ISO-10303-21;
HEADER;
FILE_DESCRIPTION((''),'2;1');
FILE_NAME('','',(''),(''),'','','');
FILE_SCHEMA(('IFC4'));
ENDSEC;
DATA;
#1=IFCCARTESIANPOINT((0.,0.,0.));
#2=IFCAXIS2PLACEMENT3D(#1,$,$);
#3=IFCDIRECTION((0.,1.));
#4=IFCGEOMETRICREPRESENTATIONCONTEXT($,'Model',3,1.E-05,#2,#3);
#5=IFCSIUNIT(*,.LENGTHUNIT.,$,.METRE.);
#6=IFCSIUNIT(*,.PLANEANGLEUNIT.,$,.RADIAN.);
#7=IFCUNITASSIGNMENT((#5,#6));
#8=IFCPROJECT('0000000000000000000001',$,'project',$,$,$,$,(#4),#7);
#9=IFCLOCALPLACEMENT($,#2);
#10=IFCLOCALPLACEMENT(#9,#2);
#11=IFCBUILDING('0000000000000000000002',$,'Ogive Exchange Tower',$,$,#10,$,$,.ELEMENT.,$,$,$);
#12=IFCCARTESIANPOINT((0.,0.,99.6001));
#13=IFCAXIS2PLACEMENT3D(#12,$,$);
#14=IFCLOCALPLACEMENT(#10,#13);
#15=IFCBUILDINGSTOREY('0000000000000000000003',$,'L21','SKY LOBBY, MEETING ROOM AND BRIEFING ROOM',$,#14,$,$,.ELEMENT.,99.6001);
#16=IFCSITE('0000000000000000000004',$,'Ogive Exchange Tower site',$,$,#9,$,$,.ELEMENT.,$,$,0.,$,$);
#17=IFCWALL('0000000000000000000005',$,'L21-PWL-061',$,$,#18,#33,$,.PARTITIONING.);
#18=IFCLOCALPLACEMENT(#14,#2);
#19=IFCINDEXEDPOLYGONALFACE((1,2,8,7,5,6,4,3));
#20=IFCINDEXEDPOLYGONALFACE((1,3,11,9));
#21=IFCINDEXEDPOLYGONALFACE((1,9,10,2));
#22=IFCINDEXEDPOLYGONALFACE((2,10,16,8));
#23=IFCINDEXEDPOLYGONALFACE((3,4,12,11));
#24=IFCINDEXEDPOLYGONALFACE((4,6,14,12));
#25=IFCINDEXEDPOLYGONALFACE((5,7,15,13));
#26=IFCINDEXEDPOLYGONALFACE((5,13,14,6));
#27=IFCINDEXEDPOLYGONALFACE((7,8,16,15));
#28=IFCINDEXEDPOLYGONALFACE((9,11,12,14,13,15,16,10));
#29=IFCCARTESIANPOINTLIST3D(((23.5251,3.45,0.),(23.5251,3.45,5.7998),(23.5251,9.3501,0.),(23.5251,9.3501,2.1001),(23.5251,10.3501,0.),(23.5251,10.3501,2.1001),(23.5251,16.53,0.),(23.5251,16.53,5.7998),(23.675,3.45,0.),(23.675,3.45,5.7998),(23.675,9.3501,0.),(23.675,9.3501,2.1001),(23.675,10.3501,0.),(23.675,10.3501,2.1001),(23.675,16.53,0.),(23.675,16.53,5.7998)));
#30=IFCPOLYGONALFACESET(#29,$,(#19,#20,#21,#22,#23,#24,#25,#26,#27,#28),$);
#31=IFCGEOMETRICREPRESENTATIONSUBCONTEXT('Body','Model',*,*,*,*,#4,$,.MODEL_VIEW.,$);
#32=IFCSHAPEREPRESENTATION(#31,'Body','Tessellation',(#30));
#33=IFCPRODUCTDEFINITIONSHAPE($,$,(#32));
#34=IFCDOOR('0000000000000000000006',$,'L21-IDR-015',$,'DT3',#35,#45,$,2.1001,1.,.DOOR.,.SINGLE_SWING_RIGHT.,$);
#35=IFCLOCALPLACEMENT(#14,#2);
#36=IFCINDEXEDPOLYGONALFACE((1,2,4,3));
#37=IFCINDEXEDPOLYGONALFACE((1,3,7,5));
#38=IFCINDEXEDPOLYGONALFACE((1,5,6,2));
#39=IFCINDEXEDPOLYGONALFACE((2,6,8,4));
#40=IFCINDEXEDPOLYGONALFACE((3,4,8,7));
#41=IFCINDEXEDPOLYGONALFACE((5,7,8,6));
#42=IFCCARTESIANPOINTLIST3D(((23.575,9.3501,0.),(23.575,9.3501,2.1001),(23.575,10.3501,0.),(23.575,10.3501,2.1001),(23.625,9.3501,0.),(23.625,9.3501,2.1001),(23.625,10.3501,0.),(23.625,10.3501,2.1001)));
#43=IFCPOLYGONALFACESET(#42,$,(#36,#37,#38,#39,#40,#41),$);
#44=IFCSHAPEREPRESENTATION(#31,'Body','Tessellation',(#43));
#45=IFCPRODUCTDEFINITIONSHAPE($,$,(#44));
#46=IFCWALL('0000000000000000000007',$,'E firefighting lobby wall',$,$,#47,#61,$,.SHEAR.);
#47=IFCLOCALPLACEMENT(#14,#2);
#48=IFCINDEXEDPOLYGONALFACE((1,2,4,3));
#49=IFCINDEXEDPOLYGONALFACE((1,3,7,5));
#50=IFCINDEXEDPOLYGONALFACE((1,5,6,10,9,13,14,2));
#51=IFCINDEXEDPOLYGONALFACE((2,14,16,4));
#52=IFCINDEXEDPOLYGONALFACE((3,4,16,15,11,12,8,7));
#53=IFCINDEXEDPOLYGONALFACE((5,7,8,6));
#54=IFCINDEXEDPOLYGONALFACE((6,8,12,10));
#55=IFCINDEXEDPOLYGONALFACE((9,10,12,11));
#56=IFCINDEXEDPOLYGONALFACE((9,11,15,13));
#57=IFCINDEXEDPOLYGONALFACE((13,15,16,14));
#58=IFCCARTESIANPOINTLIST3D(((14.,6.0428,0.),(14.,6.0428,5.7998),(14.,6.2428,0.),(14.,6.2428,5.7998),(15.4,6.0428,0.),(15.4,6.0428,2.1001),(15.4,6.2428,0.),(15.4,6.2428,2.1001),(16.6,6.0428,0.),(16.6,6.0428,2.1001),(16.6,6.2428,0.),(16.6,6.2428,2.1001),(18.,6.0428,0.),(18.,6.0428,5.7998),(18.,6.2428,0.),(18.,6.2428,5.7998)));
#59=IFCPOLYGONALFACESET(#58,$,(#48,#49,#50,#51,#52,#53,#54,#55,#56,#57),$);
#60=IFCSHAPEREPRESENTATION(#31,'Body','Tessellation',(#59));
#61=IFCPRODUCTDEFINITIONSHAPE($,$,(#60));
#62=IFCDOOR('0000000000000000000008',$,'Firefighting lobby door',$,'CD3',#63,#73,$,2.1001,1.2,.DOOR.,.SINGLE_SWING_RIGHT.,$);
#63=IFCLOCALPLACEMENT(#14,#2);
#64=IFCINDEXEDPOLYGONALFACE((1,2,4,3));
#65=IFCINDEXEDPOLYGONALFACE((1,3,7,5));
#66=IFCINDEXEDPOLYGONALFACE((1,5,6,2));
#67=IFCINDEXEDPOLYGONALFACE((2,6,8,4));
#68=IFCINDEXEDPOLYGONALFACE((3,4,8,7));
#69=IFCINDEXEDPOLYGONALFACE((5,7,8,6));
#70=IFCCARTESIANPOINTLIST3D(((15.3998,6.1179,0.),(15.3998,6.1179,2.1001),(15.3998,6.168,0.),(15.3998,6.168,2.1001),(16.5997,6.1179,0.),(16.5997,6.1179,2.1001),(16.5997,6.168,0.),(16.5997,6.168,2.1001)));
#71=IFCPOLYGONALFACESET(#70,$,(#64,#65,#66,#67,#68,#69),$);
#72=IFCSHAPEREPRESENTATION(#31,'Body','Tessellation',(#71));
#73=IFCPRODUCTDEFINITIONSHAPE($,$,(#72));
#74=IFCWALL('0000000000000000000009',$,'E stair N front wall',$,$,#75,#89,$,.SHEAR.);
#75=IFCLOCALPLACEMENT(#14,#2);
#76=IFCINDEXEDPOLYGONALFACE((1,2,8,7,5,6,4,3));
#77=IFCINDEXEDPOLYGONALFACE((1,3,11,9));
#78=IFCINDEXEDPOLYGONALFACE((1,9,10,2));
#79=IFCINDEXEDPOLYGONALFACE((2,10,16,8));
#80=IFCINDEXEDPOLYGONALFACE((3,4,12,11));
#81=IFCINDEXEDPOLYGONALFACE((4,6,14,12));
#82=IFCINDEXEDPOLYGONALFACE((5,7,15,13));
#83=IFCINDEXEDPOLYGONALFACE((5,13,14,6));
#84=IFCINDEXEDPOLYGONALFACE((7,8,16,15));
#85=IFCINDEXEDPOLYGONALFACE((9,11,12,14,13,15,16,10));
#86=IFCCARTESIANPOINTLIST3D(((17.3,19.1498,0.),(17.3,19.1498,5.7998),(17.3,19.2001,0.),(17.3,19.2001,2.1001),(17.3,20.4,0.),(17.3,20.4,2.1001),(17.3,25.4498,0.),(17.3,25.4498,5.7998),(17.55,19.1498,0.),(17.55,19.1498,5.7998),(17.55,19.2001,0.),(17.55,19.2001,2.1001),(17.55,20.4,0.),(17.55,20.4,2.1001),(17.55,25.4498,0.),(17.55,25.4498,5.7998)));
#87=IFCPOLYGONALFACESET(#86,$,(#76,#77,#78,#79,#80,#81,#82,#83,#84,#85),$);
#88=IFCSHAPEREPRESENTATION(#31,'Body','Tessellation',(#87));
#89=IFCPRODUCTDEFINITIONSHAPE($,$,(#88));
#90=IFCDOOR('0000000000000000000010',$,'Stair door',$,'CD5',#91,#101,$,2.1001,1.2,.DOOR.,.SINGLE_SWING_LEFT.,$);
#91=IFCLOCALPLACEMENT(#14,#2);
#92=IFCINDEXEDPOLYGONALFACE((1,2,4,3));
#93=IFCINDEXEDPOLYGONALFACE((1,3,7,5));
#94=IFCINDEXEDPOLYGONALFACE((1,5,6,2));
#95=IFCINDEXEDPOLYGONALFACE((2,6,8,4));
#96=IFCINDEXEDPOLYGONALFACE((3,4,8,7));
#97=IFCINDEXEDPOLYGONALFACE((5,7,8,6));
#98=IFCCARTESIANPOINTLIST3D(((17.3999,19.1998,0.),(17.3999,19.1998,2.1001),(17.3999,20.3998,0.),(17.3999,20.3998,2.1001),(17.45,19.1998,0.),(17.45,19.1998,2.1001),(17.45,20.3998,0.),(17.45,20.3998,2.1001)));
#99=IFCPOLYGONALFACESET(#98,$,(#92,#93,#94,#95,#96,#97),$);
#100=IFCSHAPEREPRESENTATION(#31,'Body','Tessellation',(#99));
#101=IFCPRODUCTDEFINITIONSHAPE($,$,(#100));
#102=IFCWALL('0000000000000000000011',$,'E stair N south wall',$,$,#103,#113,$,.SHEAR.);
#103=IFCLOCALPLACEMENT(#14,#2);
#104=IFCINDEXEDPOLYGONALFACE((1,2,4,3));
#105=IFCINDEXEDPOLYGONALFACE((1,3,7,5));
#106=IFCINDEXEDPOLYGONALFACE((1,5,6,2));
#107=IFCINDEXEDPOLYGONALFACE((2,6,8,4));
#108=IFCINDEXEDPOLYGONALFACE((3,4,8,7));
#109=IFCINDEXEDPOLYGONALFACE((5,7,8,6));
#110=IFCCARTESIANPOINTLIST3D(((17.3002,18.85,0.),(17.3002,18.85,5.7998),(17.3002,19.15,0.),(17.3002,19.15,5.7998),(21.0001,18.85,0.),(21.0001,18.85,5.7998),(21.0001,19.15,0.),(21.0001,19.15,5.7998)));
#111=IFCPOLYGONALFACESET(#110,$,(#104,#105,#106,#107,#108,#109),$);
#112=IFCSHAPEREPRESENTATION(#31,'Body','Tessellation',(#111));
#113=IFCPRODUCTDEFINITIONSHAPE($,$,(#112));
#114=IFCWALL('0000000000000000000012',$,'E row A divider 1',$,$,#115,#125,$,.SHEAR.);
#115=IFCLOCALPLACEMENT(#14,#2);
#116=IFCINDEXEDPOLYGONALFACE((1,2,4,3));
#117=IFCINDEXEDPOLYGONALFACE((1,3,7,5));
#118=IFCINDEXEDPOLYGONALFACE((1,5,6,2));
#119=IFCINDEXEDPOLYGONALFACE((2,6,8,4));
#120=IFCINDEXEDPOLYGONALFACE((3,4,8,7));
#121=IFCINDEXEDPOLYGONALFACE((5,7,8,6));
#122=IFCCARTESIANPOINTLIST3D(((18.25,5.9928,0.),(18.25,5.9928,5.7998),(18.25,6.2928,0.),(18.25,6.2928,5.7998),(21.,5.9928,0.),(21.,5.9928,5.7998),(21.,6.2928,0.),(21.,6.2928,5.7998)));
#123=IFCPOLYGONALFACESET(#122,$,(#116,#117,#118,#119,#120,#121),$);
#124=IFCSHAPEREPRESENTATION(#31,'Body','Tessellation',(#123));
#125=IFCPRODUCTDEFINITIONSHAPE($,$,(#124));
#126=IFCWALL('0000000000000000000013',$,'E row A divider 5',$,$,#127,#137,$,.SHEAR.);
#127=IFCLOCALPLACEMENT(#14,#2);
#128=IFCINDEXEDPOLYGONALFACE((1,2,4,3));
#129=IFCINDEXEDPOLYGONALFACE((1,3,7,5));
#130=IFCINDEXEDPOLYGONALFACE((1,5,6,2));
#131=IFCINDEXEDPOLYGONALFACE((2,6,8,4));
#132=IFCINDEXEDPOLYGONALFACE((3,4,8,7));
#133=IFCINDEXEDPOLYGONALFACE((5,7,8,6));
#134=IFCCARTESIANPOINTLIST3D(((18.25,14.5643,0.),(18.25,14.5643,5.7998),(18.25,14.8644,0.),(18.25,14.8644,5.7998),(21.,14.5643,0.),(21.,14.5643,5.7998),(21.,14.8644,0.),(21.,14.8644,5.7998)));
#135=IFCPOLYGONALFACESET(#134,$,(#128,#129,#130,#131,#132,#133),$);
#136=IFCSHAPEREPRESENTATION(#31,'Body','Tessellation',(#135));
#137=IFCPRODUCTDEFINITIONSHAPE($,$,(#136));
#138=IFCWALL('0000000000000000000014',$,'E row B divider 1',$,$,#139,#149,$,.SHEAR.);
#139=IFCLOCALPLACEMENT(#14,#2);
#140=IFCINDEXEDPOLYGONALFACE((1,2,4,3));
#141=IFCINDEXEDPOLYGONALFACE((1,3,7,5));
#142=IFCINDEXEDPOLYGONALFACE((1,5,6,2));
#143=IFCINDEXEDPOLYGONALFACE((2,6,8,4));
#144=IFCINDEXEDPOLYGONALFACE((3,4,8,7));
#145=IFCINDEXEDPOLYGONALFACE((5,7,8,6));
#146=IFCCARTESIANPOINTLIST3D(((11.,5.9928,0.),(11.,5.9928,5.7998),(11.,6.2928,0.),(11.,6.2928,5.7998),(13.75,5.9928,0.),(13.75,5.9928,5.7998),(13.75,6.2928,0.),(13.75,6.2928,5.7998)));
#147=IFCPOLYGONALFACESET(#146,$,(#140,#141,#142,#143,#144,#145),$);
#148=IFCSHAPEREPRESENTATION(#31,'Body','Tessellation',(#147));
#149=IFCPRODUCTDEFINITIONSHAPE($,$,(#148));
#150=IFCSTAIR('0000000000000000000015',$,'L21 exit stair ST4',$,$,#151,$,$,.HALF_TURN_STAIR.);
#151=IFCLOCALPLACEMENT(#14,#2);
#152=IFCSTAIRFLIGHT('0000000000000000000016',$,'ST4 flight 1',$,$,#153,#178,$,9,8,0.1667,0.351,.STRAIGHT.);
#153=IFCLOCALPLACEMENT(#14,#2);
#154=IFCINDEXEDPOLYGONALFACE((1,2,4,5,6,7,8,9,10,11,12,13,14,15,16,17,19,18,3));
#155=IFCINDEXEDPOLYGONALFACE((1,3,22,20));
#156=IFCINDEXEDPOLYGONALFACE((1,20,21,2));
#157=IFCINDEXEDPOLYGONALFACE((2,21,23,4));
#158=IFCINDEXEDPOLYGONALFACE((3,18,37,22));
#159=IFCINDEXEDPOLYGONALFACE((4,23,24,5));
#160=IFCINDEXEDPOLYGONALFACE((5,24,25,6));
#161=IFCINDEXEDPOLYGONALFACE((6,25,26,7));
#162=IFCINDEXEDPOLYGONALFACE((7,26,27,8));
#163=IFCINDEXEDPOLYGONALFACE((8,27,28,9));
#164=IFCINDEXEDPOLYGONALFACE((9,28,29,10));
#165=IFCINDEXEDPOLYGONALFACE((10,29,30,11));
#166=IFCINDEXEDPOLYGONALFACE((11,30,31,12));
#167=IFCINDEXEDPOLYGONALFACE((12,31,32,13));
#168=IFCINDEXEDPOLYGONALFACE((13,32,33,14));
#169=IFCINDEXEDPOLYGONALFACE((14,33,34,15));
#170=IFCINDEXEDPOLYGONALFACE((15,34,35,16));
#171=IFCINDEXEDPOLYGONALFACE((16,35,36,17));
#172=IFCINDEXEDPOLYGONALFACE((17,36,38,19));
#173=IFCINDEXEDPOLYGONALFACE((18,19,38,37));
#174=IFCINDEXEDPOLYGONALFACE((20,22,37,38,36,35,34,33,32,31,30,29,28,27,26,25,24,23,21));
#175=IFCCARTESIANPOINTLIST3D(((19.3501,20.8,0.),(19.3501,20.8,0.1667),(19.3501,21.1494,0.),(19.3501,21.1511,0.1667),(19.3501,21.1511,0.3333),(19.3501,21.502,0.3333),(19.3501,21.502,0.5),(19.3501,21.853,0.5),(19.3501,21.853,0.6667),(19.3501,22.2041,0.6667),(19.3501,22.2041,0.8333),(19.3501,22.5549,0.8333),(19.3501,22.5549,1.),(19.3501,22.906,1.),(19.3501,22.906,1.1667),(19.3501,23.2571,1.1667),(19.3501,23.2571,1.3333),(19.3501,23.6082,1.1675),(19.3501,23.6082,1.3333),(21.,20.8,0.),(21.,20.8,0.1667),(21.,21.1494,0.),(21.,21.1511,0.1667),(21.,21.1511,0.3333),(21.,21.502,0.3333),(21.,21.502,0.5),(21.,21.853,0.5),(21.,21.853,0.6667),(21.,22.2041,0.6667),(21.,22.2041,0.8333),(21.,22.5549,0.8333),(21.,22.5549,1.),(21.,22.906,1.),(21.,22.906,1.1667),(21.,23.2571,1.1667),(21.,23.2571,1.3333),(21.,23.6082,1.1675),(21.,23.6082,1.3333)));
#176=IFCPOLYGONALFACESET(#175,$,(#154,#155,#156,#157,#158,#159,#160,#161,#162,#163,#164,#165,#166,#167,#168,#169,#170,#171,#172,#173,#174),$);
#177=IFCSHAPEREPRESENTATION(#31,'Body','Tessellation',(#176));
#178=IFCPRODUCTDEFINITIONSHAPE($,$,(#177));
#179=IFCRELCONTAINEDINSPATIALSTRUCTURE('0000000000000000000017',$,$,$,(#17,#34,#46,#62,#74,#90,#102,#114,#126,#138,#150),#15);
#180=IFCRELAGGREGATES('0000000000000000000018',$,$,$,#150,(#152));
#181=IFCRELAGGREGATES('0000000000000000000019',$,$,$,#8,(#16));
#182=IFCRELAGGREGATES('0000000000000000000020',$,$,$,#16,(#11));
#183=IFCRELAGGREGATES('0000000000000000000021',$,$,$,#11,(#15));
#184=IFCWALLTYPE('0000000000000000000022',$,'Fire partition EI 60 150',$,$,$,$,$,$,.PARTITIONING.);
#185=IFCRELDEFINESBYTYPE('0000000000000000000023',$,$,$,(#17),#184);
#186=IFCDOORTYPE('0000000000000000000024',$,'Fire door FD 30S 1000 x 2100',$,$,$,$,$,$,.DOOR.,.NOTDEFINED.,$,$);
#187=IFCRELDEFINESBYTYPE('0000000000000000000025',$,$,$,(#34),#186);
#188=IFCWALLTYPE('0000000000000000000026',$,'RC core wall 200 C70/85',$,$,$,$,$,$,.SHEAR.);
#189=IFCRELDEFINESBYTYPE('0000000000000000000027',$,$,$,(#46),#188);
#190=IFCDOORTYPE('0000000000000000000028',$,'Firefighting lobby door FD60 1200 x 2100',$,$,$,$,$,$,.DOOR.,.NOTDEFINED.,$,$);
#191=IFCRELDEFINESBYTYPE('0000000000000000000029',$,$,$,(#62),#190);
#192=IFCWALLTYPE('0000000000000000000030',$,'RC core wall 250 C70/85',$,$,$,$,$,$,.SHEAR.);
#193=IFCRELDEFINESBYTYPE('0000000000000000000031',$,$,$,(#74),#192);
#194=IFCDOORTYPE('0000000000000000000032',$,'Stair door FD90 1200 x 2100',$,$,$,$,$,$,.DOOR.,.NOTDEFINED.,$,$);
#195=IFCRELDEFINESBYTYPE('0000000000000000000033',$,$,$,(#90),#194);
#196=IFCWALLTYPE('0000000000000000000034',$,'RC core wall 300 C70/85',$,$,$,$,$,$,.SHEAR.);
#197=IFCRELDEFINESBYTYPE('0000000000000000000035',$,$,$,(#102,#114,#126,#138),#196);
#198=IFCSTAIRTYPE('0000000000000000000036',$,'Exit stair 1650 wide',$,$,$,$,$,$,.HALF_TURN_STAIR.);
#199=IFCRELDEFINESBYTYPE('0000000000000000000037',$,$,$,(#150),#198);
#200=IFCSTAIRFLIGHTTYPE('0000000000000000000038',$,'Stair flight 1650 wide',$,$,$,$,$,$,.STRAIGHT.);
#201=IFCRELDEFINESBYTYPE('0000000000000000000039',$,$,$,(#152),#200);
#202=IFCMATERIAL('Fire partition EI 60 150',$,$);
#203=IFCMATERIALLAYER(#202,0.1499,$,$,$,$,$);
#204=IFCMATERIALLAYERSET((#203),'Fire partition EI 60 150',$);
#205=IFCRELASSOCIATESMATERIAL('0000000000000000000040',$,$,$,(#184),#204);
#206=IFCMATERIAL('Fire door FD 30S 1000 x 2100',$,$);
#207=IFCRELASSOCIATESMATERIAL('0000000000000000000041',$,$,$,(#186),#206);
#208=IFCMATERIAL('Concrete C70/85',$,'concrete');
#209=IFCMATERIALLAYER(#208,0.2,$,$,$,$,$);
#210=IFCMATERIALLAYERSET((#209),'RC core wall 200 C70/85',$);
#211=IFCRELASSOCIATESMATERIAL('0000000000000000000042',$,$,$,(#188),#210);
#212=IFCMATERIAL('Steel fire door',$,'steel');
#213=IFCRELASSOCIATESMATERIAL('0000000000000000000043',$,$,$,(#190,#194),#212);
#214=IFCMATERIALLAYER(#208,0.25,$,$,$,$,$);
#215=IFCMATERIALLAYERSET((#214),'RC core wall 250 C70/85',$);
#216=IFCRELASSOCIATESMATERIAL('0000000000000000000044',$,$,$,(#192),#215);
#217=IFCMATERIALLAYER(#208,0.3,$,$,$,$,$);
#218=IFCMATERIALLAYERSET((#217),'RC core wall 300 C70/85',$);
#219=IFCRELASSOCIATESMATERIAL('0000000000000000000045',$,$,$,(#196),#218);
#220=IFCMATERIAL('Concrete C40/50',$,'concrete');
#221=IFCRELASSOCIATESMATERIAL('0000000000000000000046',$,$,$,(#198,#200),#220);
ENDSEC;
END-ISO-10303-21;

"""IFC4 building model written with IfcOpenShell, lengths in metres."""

from ifc_helpers import new_model, si_unit, direction, frame, frame_2d, origin, place, context, subcontext, project, spatial, polyline, rectangle, outline, extrude, material, layer, layer_set, type_object, element, fill, aggregate, save


model = new_model("IFC4")

# Units and contexts
model_context = context("Model", 3, precision=1e-05, world=origin(), true_north=direction((0.0, 1.0)))
body_context = subcontext(model_context, "Body", "Model", "MODEL_VIEW")
ifc_project = project(units=[si_unit("LENGTHUNIT", "METRE"), si_unit("PLANEANGLEUNIT", "RADIAN")], contexts=[model_context])

# Site, building, storey
site_placement = place(None, origin())
site = spatial("IfcSite", under=ifc_project, at=site_placement, Name="Ogive Exchange Tower site", CompositionType="ELEMENT", RefElevation=0.0)
building_placement = place(site_placement, origin())
building = spatial("IfcBuilding", under=site, at=building_placement, Name="Ogive Exchange Tower", CompositionType="ELEMENT")
storey_placement = place(building_placement, frame((0.0, 0.0, 99.6001)))
storey = spatial("IfcBuildingStorey", under=building, at=storey_placement, Name="L21", Description="SKY LOBBY, MEETING ROOM AND BRIEFING ROOM", CompositionType="ELEMENT", Elevation=99.6001)

# Shared definitions
ifc_material_1 = material(Name="Fire partition EI 60 150")
ifc_layer_1 = layer(ifc_material_1, 0.1499)
ifc_layer_set_1 = layer_set([ifc_layer_1], Name="Fire partition EI 60 150")
wall_type_1 = type_object("IfcWallType", Name="Fire partition EI 60 150", PredefinedType="PARTITIONING", material=ifc_layer_set_1)

# Walls, openings, doors
ifc_material_2 = material(Name="Fire door FD 30S 1000 x 2100")
door_type_1 = type_object("IfcDoorType", Name="Fire door FD 30S 1000 x 2100", OperationType="NOTDEFINED", PredefinedType="DOOR", material=ifc_material_2)
wall_1_placement = place(storey_placement, frame((23.6001, 16.53, 0.0), z_axis=(0.0, 0.0, 1.0), x_axis=(0.0, -1.0, 0.0)))
wall_1 = element("IfcWall", 1, at=wall_1_placement, inside=storey, type_object=wall_type_1, Name="L21-PWL-061", PredefinedType="PARTITIONING", context=body_context, shape_type="SweptSolid", body=[
    extrude(rectangle(XDim=13.0801, YDim=0.1499, at=frame_2d((6.54, 0.0))), origin(), (0.0, 0.0, 1.0), 5.7998),
])
opening_1_placement = place(wall_1_placement, frame((6.1799, 0.0, 0.0)))
opening_1 = element("IfcOpeningElement", 2, at=opening_1_placement, cuts=wall_1, PredefinedType="OPENING", context=body_context, shape_type="SweptSolid", body=[
    extrude(rectangle(XDim=1.0, YDim=2.1001, at=frame_2d((0.5, 1.05))), frame((0.0, 0.085, 0.0), z_axis=(0.0, -1.0, 0.0), x_axis=(1.0, 0.0, 0.0)), (0.0, 0.0, 1.0), 0.1699),
])
door_1_placement = place(opening_1_placement, origin())
door_1 = element("IfcDoor", 3, at=door_1_placement, inside=storey, type_object=door_type_1, Name="L21-IDR-015", ObjectType="DT3", OperationType="SINGLE_SWING_RIGHT", OverallHeight=2.1001, OverallWidth=1.0, PredefinedType="DOOR", context=body_context, shape_type="SweptSolid", body=[
    extrude(rectangle(XDim=1.0, YDim=2.1001, at=frame_2d((0.5, 1.05))), frame((0.0, 0.0249, 0.0), z_axis=(0.0, -1.0, 0.0), x_axis=(1.0, 0.0, 0.0)), (0.0, 0.0, 1.0), 0.05),
])
fill(opening_1, door_1)
ifc_material_3 = material(Name="Concrete C70/85", Category="concrete")
ifc_layer_2 = layer(ifc_material_3, 0.2)
ifc_layer_set_2 = layer_set([ifc_layer_2], Name="RC core wall 200 C70/85")
wall_type_2 = type_object("IfcWallType", Name="RC core wall 200 C70/85", PredefinedType="SHEAR", material=ifc_layer_set_2)
wall_2_placement = place(storey_placement, frame((14.0, 6.1428, 0.0), z_axis=(0.0, 0.0, 1.0), x_axis=(1.0, 0.0, 0.0)))
wall_2 = element("IfcWall", 4, at=wall_2_placement, inside=storey, type_object=wall_type_2, Name="E firefighting lobby wall", PredefinedType="SHEAR", context=body_context, shape_type="SweptSolid", body=[
    extrude(rectangle(XDim=4.0, YDim=0.2, at=frame_2d((2.0, 0.0))), origin(), (0.0, 0.0, 1.0), 5.7998),
])
opening_2_placement = place(wall_2_placement, frame((1.3999, 0.0, 0.0)))
opening_2 = element("IfcOpeningElement", 5, at=opening_2_placement, cuts=wall_2, PredefinedType="OPENING", context=body_context, shape_type="SweptSolid", body=[
    extrude(rectangle(XDim=1.2, YDim=2.1001, at=frame_2d((0.6001, 1.05))), frame((0.0, 0.1099, 0.0), z_axis=(0.0, -1.0, 0.0), x_axis=(1.0, 0.0, 0.0)), (0.0, 0.0, 1.0), 0.22),
])
ifc_material_4 = material(Name="Steel fire door", Category="steel")
door_type_2 = type_object("IfcDoorType", Name="Firefighting lobby door FD60 1200 x 2100", OperationType="NOTDEFINED", PredefinedType="DOOR", material=ifc_material_4)
door_2_placement = place(opening_2_placement, frame((1.2, 0.0, 0.0), z_axis=(0.0, 0.0, 1.0), x_axis=(-1.0, 0.0, 0.0)))
door_2 = element("IfcDoor", 6, at=door_2_placement, inside=storey, type_object=door_type_2, Name="Firefighting lobby door", ObjectType="CD3", OperationType="SINGLE_SWING_RIGHT", OverallHeight=2.1001, OverallWidth=1.2, PredefinedType="DOOR", context=body_context, shape_type="SweptSolid", body=[
    extrude(rectangle(XDim=1.2, YDim=2.1001, at=frame_2d((0.6001, 1.05))), frame((0.0, 0.0249, 0.0), z_axis=(0.0, -1.0, 0.0), x_axis=(1.0, 0.0, 0.0)), (0.0, 0.0, 1.0), 0.05),
])
fill(opening_2, door_2)
ifc_layer_3 = layer(ifc_material_3, 0.25)
ifc_layer_set_3 = layer_set([ifc_layer_3], Name="RC core wall 250 C70/85")
wall_type_3 = type_object("IfcWallType", Name="RC core wall 250 C70/85", PredefinedType="SHEAR", material=ifc_layer_set_3)
wall_3_placement = place(storey_placement, frame((17.425, 19.1499, 0.0), z_axis=(0.0, 0.0, 1.0), x_axis=(0.0, 1.0, 0.0)))
wall_3 = element("IfcWall", 7, at=wall_3_placement, inside=storey, type_object=wall_type_3, Name="E stair N front wall", PredefinedType="SHEAR", context=body_context, shape_type="SweptSolid", body=[
    extrude(rectangle(XDim=6.3, YDim=0.25, at=frame_2d((3.1499, 0.0))), origin(), (0.0, 0.0, 1.0), 5.7998),
])
opening_3_placement = place(wall_3_placement, frame((0.05, 0.0, 0.0)))
opening_3 = element("IfcOpeningElement", 8, at=opening_3_placement, cuts=wall_3, PredefinedType="OPENING", context=body_context, shape_type="SweptSolid", body=[
    extrude(rectangle(XDim=1.2, YDim=2.1001, at=frame_2d((0.6001, 1.05))), frame((0.0, 0.135, 0.0), z_axis=(0.0, -1.0, 0.0), x_axis=(1.0, 0.0, 0.0)), (0.0, 0.0, 1.0), 0.27),
])
door_type_3 = type_object("IfcDoorType", Name="Stair door FD90 1200 x 2100", OperationType="NOTDEFINED", PredefinedType="DOOR", material=ifc_material_4)
door_3_placement = place(opening_3_placement, frame((1.2, 0.0, 0.0), z_axis=(0.0, 0.0, 1.0), x_axis=(-1.0, 0.0, 0.0)))
door_3 = element("IfcDoor", 9, at=door_3_placement, inside=storey, type_object=door_type_3, Name="Stair door", ObjectType="CD5", OperationType="SINGLE_SWING_LEFT", OverallHeight=2.1001, OverallWidth=1.2, PredefinedType="DOOR", context=body_context, shape_type="SweptSolid", body=[
    extrude(rectangle(XDim=1.2, YDim=2.1001, at=frame_2d((0.6001, 1.05))), frame((0.0, 0.0249, 0.0), z_axis=(0.0, -1.0, 0.0), x_axis=(1.0, 0.0, 0.0)), (0.0, 0.0, 1.0), 0.05),
])
fill(opening_3, door_3)

# Walls
ifc_layer_4 = layer(ifc_material_3, 0.3)
ifc_layer_set_4 = layer_set([ifc_layer_4], Name="RC core wall 300 C70/85")
wall_type_4 = type_object("IfcWallType", Name="RC core wall 300 C70/85", PredefinedType="SHEAR", material=ifc_layer_set_4)
wall_4_placement = place(storey_placement, frame((17.3, 19.0, 0.0), z_axis=(0.0, 0.0, 1.0), x_axis=(1.0, 0.0, 0.0)))
element("IfcWall", 10, at=wall_4_placement, inside=storey, type_object=wall_type_4, Name="E stair N south wall", PredefinedType="SHEAR", context=body_context, shape_type="SweptSolid", body=[
    extrude(rectangle(XDim=3.7, YDim=0.3, at=frame_2d((1.8501, 0.0))), origin(), (0.0, 0.0, 1.0), 5.7998),
])
for number, where, z_axis, x_axis, name in (
    (11, (18.25, 6.1428, 0.0), (0.0, 0.0, 1.0), (1.0, 0.0, 0.0), "E row A divider 1"),
    (12, (18.25, 14.7144, 0.0), (0.0, 0.0, 1.0), (1.0, 0.0, 0.0), "E row A divider 5"),
    (13, (11.0, 6.1428, 0.0), (0.0, 0.0, 1.0), (1.0, 0.0, 0.0), "E row B divider 1"),
):
    element("IfcWall", number, at=place(storey_placement, frame(where, z_axis=z_axis, x_axis=x_axis)), inside=storey, type_object=wall_type_4, Name=name, PredefinedType="SHEAR", context=body_context, shape_type="SweptSolid", body=[
        extrude(rectangle(XDim=2.75, YDim=0.3, at=frame_2d((1.375, 0.0))), origin(), (0.0, 0.0, 1.0), 5.7998),
    ])

# Stair, stair flight
ifc_material_5 = material(Name="Concrete C40/50", Category="concrete")
stair_type = type_object("IfcStairType", Name="Exit stair 1650 wide", PredefinedType="HALF_TURN_STAIR", material=ifc_material_5)
stair_placement = place(storey_placement, origin())
stair = element("IfcStair", 14, at=stair_placement, inside=storey, type_object=stair_type, Name="L21 exit stair ST4", PredefinedType="HALF_TURN_STAIR")
stair_flight_type = type_object("IfcStairFlightType", Name="Stair flight 1650 wide", PredefinedType="STRAIGHT", material=ifc_material_5)
stair_flight_1_placement = place(storey_placement, frame((20.175, 20.8, 0.0), z_axis=(0.0, 0.0, 1.0), x_axis=(0.0, 1.0, 0.0)))
stair_flight_1 = element("IfcStairFlight", 15, at=stair_flight_1_placement, type_object=stair_flight_type, Name="ST4 flight 1", NumberOfRisers=9, NumberOfTreads=8, PredefinedType="STRAIGHT", RiserHeight=0.1667, TreadLength=0.351, context=body_context, shape_type="SweptSolid", body=[
    extrude(outline(polyline([(0.0, 0.0), (0.0, 0.1667), (0.3511, 0.1667), (0.3511, 0.3333), (0.7019, 0.3333), (0.7019, 0.5), (1.053, 0.5), (1.053, 0.6667), (1.4041, 0.6667), (1.4041, 0.8333), (1.7549, 0.8333), (1.7549, 1.0), (2.106, 1.0), (2.106, 1.1667), (2.457, 1.1667), (2.457, 1.3333), (2.8081, 1.3333), (2.8081, 1.5), (2.8081, 1.1675), (0.3494, 0.0), (0.0, 0.0)])), frame((0.0, 0.825, 0.0), z_axis=(0.0, -1.0, 0.0), x_axis=(1.0, 0.0, 0.0)), (0.0, 0.0, 1.0), 1.6499),
])
aggregate(stair, [stair_flight_1])

save(model, "model.ifc")
